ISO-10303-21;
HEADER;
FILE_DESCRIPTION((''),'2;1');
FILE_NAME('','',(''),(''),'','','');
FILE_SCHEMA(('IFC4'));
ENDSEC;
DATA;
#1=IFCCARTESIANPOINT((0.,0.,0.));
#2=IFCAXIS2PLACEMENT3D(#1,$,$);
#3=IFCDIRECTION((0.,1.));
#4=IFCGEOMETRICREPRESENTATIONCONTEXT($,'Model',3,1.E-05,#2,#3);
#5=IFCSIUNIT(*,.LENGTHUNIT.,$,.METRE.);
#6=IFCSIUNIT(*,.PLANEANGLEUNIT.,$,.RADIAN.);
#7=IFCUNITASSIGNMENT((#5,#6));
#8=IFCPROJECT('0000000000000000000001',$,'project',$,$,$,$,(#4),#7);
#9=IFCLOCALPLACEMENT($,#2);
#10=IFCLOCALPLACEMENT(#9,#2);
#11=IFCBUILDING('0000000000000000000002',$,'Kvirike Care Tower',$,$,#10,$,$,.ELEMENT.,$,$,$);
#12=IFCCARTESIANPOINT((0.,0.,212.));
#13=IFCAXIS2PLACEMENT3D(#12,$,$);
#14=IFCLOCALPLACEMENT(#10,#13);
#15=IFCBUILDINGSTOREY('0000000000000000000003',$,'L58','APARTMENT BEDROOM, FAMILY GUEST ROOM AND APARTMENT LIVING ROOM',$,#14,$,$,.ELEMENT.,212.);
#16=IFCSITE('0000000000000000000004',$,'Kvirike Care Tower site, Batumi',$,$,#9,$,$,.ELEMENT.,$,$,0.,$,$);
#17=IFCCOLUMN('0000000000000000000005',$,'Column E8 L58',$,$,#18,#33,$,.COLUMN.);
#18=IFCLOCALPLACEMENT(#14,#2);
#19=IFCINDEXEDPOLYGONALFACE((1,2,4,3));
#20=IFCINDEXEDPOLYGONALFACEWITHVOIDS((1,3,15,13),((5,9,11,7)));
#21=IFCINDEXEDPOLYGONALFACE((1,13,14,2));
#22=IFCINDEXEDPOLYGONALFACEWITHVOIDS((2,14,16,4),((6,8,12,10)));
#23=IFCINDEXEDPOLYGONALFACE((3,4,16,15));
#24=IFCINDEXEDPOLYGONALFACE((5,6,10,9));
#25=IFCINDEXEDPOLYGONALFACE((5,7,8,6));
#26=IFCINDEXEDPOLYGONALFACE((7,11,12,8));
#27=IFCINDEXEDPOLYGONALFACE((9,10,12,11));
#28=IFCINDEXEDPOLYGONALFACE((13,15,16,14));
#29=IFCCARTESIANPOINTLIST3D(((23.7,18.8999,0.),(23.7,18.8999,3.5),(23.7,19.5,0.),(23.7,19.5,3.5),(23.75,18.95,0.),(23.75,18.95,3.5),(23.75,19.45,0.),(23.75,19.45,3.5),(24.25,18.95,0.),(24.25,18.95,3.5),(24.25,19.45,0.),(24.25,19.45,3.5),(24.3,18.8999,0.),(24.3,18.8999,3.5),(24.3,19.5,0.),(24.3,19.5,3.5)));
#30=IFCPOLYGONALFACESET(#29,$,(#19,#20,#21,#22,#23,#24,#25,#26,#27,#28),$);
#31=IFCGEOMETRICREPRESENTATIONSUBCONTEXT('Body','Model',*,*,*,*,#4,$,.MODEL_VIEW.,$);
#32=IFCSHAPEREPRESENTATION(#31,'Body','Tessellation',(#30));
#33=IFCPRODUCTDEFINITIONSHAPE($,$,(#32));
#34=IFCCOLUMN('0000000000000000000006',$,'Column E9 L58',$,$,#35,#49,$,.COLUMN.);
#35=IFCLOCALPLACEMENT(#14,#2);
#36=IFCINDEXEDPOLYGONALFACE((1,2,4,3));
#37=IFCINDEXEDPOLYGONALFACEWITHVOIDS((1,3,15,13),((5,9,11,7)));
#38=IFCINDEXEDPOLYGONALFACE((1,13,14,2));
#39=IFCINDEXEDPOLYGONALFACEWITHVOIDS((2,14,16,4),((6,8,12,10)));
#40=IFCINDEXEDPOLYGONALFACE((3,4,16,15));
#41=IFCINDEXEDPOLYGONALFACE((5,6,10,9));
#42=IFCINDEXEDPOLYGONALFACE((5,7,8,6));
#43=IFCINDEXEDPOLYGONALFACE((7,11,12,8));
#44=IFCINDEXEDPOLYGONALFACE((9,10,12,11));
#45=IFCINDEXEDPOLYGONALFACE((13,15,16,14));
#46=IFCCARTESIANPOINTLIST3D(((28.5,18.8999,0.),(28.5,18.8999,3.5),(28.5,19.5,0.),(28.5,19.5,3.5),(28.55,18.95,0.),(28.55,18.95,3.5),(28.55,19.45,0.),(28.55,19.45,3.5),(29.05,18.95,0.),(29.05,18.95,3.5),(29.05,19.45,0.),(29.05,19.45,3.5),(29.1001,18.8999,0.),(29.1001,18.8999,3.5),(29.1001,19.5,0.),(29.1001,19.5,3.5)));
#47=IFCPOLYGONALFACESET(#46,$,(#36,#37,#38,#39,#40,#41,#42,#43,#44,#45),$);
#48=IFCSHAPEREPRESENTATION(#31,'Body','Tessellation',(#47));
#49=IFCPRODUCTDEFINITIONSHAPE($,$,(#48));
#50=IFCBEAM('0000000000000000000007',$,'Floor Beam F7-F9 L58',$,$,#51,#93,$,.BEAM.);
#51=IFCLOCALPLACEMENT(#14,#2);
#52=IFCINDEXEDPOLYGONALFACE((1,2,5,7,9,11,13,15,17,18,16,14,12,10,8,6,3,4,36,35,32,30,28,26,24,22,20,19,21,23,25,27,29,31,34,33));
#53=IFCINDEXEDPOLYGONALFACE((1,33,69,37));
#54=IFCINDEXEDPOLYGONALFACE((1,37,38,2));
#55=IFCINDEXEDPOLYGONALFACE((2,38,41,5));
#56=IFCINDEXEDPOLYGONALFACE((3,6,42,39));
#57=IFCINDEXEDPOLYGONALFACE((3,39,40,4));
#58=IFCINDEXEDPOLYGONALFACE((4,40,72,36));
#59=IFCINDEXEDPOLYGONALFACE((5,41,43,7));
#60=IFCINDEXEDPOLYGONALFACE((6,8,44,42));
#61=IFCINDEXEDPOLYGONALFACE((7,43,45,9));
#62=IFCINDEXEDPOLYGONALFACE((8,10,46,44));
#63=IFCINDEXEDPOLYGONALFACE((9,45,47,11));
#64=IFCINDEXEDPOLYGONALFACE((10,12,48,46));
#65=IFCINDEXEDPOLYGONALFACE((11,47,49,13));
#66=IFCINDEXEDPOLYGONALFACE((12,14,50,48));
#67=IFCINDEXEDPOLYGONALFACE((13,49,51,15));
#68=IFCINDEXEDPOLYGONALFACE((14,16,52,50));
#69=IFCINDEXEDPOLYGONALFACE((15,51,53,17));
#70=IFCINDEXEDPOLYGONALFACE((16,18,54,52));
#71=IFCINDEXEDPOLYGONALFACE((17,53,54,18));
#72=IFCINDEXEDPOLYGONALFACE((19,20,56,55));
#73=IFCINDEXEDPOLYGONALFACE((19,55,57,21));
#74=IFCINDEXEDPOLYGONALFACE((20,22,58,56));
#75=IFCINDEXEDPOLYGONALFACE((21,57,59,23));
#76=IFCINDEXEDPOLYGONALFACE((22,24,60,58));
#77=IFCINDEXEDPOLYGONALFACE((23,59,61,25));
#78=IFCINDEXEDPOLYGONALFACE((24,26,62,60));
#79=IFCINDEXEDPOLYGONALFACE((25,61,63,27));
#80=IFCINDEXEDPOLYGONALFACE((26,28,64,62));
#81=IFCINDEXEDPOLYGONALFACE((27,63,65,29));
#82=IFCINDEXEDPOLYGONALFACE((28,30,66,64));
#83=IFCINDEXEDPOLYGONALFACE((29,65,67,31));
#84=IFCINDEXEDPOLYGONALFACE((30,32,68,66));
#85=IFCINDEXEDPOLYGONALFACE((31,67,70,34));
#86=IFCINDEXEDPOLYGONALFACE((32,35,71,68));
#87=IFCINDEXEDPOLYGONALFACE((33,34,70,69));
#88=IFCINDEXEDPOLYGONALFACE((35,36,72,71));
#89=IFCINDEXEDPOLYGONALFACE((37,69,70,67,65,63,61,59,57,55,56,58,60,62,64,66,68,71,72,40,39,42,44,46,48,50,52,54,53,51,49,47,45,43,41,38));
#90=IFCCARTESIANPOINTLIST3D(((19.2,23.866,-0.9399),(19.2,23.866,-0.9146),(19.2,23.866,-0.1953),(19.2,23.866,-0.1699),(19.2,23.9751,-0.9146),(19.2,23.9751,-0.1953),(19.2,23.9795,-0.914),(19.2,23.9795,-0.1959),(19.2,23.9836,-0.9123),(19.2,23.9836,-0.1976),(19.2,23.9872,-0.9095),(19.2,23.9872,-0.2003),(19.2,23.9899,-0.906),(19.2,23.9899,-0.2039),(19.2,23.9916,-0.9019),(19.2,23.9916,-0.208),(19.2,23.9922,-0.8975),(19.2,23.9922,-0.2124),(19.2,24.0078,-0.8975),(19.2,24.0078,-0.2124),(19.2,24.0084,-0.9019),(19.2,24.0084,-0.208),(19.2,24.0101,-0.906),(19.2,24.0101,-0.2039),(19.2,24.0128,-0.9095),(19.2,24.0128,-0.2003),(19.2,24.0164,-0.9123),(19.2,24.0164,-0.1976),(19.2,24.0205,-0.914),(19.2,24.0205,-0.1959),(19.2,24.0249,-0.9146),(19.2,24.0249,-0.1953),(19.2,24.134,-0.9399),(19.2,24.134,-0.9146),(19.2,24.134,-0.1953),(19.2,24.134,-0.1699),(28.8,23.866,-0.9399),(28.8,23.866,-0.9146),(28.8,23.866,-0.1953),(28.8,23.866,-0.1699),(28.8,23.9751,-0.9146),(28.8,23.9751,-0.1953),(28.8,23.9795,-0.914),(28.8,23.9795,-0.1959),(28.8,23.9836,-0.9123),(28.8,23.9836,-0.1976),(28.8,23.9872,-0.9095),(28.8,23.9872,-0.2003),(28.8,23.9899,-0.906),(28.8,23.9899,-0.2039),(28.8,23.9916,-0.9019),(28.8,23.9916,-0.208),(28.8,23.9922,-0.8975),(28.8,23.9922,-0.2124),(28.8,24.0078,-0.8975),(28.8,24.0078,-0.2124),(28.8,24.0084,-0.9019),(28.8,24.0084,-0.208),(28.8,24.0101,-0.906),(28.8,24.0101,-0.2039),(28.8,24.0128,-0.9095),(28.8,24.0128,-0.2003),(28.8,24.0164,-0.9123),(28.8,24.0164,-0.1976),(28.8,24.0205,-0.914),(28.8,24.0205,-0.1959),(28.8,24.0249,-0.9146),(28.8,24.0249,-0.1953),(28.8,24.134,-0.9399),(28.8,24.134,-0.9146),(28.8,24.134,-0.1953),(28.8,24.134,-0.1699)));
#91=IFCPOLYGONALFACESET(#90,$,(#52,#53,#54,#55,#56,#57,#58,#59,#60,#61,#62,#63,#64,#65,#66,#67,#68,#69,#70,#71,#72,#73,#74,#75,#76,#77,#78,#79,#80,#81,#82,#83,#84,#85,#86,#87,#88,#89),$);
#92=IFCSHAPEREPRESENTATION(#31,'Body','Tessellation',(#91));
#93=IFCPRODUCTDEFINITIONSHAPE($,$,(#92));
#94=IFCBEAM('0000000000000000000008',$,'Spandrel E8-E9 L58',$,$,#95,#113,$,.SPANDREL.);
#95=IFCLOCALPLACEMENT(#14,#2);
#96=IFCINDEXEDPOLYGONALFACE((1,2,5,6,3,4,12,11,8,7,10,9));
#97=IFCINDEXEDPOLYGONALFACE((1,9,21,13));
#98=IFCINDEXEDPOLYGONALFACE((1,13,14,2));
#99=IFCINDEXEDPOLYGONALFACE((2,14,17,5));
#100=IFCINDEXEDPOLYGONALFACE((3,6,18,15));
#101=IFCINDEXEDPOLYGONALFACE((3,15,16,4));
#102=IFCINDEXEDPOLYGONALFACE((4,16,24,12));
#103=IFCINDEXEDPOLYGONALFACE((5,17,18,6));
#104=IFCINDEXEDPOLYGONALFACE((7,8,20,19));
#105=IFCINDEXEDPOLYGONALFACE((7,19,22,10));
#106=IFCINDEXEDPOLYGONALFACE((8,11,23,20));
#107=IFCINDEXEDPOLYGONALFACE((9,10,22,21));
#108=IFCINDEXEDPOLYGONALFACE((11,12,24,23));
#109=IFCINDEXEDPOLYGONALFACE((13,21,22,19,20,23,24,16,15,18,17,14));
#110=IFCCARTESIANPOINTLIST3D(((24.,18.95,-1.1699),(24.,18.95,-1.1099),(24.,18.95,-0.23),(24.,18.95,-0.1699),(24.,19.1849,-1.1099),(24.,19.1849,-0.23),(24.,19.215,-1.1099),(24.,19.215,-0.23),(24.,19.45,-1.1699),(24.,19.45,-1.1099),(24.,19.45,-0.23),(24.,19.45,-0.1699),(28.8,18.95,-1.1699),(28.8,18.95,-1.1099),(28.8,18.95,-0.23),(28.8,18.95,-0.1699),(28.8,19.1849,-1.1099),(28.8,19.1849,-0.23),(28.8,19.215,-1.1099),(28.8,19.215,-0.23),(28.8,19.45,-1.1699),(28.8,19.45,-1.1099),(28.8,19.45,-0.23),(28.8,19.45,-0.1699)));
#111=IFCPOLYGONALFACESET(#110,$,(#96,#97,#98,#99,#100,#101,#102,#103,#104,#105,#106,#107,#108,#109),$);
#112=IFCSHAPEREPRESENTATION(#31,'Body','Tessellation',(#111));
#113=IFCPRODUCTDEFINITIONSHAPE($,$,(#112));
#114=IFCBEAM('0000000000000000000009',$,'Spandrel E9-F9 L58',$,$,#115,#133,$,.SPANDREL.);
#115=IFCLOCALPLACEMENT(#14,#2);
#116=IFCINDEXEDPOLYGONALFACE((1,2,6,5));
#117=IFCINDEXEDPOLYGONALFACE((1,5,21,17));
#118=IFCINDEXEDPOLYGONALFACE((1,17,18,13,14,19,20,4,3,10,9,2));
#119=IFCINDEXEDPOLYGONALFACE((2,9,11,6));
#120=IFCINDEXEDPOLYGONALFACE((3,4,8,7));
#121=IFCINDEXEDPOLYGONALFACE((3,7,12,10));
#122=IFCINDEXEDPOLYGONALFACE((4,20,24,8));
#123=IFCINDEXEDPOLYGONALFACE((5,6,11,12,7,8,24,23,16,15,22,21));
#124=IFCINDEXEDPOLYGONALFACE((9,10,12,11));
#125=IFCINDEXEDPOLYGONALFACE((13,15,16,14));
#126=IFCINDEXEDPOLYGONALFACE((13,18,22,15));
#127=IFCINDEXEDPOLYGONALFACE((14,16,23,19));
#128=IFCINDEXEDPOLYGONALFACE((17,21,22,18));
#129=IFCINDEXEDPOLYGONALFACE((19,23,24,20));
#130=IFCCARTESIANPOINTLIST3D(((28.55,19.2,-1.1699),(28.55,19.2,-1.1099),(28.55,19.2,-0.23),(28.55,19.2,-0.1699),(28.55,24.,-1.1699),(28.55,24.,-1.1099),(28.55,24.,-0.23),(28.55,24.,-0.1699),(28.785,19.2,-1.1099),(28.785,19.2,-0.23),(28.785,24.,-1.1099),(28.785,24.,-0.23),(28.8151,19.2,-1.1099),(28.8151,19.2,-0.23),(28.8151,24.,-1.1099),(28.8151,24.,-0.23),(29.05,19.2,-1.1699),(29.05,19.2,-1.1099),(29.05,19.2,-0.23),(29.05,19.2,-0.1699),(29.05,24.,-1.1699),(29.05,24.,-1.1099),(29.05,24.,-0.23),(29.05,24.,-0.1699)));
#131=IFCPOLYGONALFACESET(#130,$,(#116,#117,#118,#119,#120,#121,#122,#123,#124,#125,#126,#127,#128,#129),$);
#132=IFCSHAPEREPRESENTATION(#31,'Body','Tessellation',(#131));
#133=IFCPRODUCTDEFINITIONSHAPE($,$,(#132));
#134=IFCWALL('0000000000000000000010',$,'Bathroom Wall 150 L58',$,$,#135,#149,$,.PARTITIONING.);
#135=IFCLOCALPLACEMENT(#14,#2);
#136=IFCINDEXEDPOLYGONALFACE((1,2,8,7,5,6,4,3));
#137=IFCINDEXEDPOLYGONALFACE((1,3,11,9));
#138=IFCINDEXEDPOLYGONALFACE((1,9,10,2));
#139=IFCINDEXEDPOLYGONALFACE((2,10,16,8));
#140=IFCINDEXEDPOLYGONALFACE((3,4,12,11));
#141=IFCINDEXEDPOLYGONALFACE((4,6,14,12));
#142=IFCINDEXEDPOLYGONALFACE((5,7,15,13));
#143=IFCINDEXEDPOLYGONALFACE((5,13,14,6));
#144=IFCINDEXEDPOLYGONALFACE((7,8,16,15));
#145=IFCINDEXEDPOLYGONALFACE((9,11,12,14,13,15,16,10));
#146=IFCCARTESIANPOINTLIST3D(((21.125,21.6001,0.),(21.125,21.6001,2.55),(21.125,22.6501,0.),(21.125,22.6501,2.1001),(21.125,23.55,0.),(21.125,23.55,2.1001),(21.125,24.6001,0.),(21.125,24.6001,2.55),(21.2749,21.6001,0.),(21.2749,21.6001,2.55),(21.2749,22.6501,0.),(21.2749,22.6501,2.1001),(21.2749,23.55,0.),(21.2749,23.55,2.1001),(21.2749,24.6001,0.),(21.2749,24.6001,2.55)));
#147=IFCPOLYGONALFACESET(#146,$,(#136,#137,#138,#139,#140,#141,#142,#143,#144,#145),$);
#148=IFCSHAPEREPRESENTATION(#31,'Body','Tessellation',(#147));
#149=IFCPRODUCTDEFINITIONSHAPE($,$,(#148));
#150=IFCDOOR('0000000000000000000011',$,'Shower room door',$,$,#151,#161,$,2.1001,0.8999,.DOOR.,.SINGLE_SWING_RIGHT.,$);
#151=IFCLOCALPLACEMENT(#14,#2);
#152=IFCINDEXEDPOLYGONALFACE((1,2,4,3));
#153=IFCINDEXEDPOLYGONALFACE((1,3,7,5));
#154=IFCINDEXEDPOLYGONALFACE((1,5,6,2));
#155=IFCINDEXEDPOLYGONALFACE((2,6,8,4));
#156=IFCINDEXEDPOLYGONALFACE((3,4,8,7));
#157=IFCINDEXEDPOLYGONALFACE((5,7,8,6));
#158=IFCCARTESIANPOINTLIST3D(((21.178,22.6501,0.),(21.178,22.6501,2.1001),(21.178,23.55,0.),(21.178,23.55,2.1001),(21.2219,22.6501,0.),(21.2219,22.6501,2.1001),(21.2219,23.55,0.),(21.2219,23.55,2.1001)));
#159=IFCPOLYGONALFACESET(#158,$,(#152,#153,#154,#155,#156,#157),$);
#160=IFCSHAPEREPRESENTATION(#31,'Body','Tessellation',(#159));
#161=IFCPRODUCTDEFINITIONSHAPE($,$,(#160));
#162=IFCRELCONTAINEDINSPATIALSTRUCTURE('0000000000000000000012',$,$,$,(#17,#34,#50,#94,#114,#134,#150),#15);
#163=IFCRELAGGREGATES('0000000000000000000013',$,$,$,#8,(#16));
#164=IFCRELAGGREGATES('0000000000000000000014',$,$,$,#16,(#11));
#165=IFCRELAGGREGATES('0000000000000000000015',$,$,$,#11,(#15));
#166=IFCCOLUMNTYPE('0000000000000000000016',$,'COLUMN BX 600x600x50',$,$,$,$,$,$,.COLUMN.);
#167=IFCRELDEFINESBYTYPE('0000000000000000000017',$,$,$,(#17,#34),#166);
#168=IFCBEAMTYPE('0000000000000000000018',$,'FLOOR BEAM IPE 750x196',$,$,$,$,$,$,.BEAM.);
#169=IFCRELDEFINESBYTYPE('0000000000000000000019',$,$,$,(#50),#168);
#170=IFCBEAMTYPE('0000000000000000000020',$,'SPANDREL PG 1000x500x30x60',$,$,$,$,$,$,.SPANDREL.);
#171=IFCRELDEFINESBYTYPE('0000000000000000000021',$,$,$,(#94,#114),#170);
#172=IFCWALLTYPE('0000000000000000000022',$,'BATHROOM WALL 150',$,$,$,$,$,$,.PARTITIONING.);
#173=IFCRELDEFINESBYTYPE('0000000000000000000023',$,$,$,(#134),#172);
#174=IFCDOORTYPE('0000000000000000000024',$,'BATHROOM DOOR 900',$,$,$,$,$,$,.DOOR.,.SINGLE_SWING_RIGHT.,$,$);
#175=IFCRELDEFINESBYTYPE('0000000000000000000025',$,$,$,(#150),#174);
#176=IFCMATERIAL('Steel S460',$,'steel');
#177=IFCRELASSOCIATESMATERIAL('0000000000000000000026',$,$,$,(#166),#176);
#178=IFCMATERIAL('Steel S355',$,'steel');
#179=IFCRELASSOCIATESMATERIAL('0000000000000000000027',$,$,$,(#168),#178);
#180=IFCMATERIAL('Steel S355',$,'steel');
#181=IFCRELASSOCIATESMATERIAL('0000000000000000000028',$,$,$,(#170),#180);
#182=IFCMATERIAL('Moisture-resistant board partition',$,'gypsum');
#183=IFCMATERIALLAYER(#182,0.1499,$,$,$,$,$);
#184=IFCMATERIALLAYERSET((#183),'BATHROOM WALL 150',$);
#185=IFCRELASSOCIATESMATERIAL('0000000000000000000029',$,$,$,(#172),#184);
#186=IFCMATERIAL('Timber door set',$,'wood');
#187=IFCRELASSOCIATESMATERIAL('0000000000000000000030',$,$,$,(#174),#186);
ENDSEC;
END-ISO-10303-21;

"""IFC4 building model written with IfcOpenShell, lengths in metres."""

from ifc_helpers import new_model, si_unit, direction, frame, frame_2d, origin, origin_2d, place, context, subcontext, project, spatial, rectangle, hollow_rectangle, i_section, extrude, material, layer, layer_set, material_profile, profile_set, type_object, element, fill, save


model = new_model("IFC4")

# Units and contexts
model_context = context("Model", 3, precision=1e-05, world=origin(), true_north=direction((0.0, 1.0)))
body_context = subcontext(model_context, "Body", "Model", "MODEL_VIEW")
ifc_project = project(units=[si_unit("LENGTHUNIT", "METRE"), si_unit("PLANEANGLEUNIT", "RADIAN")], contexts=[model_context])

# Site, building, storey
site_placement = place(None, origin())
site = spatial("IfcSite", under=ifc_project, at=site_placement, Name="Kvirike Care Tower site, Batumi", CompositionType="ELEMENT", RefElevation=0.0)
building_placement = place(site_placement, origin())
building = spatial("IfcBuilding", under=site, at=building_placement, Name="Kvirike Care Tower", CompositionType="ELEMENT")
storey_placement = place(building_placement, frame((0.0, 0.0, 212.0)))
storey = spatial("IfcBuildingStorey", under=building, at=storey_placement, Name="L58", Description="APARTMENT BEDROOM, FAMILY GUEST ROOM AND APARTMENT LIVING ROOM", CompositionType="ELEMENT", Elevation=212.0)

# Columns
ifc_material_1 = material(Name="Steel S460", Category="steel")
ifc_material_profile_1 = material_profile(ifc_material_1, hollow_rectangle(XDim=0.6001, YDim=0.6001, WallThickness=0.05, at=origin_2d()), Name="BX 600x600x50")
ifc_profile_set_1 = profile_set([ifc_material_profile_1], Name="Steel S460")
column_type = type_object("IfcColumnType", Name="COLUMN BX 600x600x50", PredefinedType="COLUMN", material=ifc_profile_set_1)
for number, where, z_axis, x_axis, name in (
    (1, (24.0, 19.2, 0.0), (0.0, 0.0, 1.0), (0.0, 1.0, 0.0), "Column E8 L58"),
    (2, (28.8, 19.2, 0.0), (0.0, 0.0, 1.0), (0.0, 1.0, 0.0), "Column E9 L58"),
):
    element("IfcColumn", number, at=place(storey_placement, frame(where, z_axis=z_axis, x_axis=x_axis)), inside=storey, type_object=column_type, Name=name, PredefinedType="COLUMN", context=body_context, shape_type="SweptSolid", body=[
        extrude(hollow_rectangle(XDim=0.6001, YDim=0.6001, WallThickness=0.05, at=origin_2d()), origin(), (0.0, 0.0, 1.0), 3.5),
    ])

# Beams
ifc_material_2 = material(Name="Steel S355", Category="steel")
ifc_material_profile_2 = material_profile(ifc_material_2, i_section(OverallWidth=0.2681, OverallDepth=0.77, WebThickness=0.0156, FlangeThickness=0.0254, FilletRadius=0.0171, at=origin_2d()), Name="IPE 750x196")
ifc_profile_set_2 = profile_set([ifc_material_profile_2], Name="Steel S355")
beam_type_1 = type_object("IfcBeamType", Name="FLOOR BEAM IPE 750x196", PredefinedType="BEAM", material=ifc_profile_set_2)
beam_placement = place(storey_placement, frame((19.2, 24.0, -0.5549), z_axis=(1.0, 0.0, 0.0), x_axis=(0.0, 1.0, 0.0)))
element("IfcBeam", 3, at=beam_placement, inside=storey, type_object=beam_type_1, Name="Floor Beam F7-F9 L58", PredefinedType="BEAM", context=body_context, shape_type="SweptSolid", body=[
    extrude(i_section(OverallWidth=0.2681, OverallDepth=0.77, WebThickness=0.0156, FlangeThickness=0.0254, FilletRadius=0.0171, at=origin_2d()), origin(), (0.0, 0.0, 1.0), 9.6001),
])
ifc_material_3 = material(Name="Steel S355", Category="steel")
ifc_material_profile_3 = material_profile(ifc_material_3, i_section(OverallWidth=0.5, OverallDepth=1.0, WebThickness=0.03, FlangeThickness=0.0601, at=origin_2d()), Name="PG 1000x500x30x60")
ifc_profile_set_3 = profile_set([ifc_material_profile_3], Name="Steel S355")
beam_type_2 = type_object("IfcBeamType", Name="SPANDREL PG 1000x500x30x60", PredefinedType="SPANDREL", material=ifc_profile_set_3)
for number, where, z_axis, x_axis, name in (
    (4, (24.0, 19.2, -0.6699), (1.0, 0.0, 0.0), (0.0, 1.0, 0.0), "Spandrel E8-E9 L58"),
    (5, (28.8, 19.2, -0.6699), (0.0, 1.0, 0.0), (-1.0, 0.0, 0.0), "Spandrel E9-F9 L58"),
):
    element("IfcBeam", number, at=place(storey_placement, frame(where, z_axis=z_axis, x_axis=x_axis)), inside=storey, type_object=beam_type_2, Name=name, PredefinedType="SPANDREL", context=body_context, shape_type="SweptSolid", body=[
        extrude(i_section(OverallWidth=0.5, OverallDepth=1.0, WebThickness=0.03, FlangeThickness=0.0601, at=origin_2d()), origin(), (0.0, 0.0, 1.0), 4.8),
    ])

# Wall, opening, door
ifc_material_4 = material(Name="Moisture-resistant board partition", Category="gypsum")
ifc_layer_1 = layer(ifc_material_4, 0.1499)
ifc_layer_set_1 = layer_set([ifc_layer_1], Name="BATHROOM WALL 150")
wall_type_1 = type_object("IfcWallType", Name="BATHROOM WALL 150", PredefinedType="PARTITIONING", material=ifc_layer_set_1)
wall_1_placement = place(storey_placement, frame((21.2, 21.6001, 0.0), z_axis=(0.0, 0.0, 1.0), x_axis=(0.0, 1.0, 0.0)))
wall_1 = element("IfcWall", 6, at=wall_1_placement, inside=storey, type_object=wall_type_1, Name="Bathroom Wall 150 L58", PredefinedType="PARTITIONING", context=body_context, shape_type="SweptSolid", body=[
    extrude(rectangle(XDim=3.0, YDim=0.1499, at=frame_2d((1.5, 0.0))), origin(), (0.0, 0.0, 1.0), 2.55),
])
opening_1_placement = place(wall_1_placement, frame((1.05, 0.0, 0.0)))
opening_1 = element("IfcOpeningElement", 7, at=opening_1_placement, cuts=wall_1, PredefinedType="OPENING", context=body_context, shape_type="SweptSolid", body=[
    extrude(rectangle(XDim=0.8999, YDim=2.1001, at=frame_2d((0.45, 1.05))), frame((0.0, 0.0854, 0.0), z_axis=(0.0, -1.0, 0.0), x_axis=(1.0, 0.0, 0.0)), (0.0, 0.0, 1.0), 0.1709),
])
ifc_material_5 = material(Name="Timber door set", Category="wood")
door_type_1 = type_object("IfcDoorType", Name="BATHROOM DOOR 900", OperationType="SINGLE_SWING_RIGHT", PredefinedType="DOOR", material=ifc_material_5)
door_1_placement = place(opening_1_placement, frame((0.8999, 0.0, 0.0), z_axis=(0.0, 0.0, 1.0), x_axis=(-1.0, 0.0, 0.0)))
door_1 = element("IfcDoor", 8, at=door_1_placement, inside=storey, type_object=door_type_1, Name="Shower room door", OperationType="SINGLE_SWING_RIGHT", OverallHeight=2.1001, OverallWidth=0.8999, PredefinedType="DOOR", context=body_context, shape_type="SweptSolid", body=[
    extrude(rectangle(XDim=0.8999, YDim=2.1001, at=frame_2d((0.45, 1.05))), frame((0.0, 0.022, 0.0), z_axis=(0.0, -1.0, 0.0), x_axis=(1.0, 0.0, 0.0)), (0.0, 0.0, 1.0), 0.0439),
])
fill(opening_1, door_1)

save(model, "model.ifc")
